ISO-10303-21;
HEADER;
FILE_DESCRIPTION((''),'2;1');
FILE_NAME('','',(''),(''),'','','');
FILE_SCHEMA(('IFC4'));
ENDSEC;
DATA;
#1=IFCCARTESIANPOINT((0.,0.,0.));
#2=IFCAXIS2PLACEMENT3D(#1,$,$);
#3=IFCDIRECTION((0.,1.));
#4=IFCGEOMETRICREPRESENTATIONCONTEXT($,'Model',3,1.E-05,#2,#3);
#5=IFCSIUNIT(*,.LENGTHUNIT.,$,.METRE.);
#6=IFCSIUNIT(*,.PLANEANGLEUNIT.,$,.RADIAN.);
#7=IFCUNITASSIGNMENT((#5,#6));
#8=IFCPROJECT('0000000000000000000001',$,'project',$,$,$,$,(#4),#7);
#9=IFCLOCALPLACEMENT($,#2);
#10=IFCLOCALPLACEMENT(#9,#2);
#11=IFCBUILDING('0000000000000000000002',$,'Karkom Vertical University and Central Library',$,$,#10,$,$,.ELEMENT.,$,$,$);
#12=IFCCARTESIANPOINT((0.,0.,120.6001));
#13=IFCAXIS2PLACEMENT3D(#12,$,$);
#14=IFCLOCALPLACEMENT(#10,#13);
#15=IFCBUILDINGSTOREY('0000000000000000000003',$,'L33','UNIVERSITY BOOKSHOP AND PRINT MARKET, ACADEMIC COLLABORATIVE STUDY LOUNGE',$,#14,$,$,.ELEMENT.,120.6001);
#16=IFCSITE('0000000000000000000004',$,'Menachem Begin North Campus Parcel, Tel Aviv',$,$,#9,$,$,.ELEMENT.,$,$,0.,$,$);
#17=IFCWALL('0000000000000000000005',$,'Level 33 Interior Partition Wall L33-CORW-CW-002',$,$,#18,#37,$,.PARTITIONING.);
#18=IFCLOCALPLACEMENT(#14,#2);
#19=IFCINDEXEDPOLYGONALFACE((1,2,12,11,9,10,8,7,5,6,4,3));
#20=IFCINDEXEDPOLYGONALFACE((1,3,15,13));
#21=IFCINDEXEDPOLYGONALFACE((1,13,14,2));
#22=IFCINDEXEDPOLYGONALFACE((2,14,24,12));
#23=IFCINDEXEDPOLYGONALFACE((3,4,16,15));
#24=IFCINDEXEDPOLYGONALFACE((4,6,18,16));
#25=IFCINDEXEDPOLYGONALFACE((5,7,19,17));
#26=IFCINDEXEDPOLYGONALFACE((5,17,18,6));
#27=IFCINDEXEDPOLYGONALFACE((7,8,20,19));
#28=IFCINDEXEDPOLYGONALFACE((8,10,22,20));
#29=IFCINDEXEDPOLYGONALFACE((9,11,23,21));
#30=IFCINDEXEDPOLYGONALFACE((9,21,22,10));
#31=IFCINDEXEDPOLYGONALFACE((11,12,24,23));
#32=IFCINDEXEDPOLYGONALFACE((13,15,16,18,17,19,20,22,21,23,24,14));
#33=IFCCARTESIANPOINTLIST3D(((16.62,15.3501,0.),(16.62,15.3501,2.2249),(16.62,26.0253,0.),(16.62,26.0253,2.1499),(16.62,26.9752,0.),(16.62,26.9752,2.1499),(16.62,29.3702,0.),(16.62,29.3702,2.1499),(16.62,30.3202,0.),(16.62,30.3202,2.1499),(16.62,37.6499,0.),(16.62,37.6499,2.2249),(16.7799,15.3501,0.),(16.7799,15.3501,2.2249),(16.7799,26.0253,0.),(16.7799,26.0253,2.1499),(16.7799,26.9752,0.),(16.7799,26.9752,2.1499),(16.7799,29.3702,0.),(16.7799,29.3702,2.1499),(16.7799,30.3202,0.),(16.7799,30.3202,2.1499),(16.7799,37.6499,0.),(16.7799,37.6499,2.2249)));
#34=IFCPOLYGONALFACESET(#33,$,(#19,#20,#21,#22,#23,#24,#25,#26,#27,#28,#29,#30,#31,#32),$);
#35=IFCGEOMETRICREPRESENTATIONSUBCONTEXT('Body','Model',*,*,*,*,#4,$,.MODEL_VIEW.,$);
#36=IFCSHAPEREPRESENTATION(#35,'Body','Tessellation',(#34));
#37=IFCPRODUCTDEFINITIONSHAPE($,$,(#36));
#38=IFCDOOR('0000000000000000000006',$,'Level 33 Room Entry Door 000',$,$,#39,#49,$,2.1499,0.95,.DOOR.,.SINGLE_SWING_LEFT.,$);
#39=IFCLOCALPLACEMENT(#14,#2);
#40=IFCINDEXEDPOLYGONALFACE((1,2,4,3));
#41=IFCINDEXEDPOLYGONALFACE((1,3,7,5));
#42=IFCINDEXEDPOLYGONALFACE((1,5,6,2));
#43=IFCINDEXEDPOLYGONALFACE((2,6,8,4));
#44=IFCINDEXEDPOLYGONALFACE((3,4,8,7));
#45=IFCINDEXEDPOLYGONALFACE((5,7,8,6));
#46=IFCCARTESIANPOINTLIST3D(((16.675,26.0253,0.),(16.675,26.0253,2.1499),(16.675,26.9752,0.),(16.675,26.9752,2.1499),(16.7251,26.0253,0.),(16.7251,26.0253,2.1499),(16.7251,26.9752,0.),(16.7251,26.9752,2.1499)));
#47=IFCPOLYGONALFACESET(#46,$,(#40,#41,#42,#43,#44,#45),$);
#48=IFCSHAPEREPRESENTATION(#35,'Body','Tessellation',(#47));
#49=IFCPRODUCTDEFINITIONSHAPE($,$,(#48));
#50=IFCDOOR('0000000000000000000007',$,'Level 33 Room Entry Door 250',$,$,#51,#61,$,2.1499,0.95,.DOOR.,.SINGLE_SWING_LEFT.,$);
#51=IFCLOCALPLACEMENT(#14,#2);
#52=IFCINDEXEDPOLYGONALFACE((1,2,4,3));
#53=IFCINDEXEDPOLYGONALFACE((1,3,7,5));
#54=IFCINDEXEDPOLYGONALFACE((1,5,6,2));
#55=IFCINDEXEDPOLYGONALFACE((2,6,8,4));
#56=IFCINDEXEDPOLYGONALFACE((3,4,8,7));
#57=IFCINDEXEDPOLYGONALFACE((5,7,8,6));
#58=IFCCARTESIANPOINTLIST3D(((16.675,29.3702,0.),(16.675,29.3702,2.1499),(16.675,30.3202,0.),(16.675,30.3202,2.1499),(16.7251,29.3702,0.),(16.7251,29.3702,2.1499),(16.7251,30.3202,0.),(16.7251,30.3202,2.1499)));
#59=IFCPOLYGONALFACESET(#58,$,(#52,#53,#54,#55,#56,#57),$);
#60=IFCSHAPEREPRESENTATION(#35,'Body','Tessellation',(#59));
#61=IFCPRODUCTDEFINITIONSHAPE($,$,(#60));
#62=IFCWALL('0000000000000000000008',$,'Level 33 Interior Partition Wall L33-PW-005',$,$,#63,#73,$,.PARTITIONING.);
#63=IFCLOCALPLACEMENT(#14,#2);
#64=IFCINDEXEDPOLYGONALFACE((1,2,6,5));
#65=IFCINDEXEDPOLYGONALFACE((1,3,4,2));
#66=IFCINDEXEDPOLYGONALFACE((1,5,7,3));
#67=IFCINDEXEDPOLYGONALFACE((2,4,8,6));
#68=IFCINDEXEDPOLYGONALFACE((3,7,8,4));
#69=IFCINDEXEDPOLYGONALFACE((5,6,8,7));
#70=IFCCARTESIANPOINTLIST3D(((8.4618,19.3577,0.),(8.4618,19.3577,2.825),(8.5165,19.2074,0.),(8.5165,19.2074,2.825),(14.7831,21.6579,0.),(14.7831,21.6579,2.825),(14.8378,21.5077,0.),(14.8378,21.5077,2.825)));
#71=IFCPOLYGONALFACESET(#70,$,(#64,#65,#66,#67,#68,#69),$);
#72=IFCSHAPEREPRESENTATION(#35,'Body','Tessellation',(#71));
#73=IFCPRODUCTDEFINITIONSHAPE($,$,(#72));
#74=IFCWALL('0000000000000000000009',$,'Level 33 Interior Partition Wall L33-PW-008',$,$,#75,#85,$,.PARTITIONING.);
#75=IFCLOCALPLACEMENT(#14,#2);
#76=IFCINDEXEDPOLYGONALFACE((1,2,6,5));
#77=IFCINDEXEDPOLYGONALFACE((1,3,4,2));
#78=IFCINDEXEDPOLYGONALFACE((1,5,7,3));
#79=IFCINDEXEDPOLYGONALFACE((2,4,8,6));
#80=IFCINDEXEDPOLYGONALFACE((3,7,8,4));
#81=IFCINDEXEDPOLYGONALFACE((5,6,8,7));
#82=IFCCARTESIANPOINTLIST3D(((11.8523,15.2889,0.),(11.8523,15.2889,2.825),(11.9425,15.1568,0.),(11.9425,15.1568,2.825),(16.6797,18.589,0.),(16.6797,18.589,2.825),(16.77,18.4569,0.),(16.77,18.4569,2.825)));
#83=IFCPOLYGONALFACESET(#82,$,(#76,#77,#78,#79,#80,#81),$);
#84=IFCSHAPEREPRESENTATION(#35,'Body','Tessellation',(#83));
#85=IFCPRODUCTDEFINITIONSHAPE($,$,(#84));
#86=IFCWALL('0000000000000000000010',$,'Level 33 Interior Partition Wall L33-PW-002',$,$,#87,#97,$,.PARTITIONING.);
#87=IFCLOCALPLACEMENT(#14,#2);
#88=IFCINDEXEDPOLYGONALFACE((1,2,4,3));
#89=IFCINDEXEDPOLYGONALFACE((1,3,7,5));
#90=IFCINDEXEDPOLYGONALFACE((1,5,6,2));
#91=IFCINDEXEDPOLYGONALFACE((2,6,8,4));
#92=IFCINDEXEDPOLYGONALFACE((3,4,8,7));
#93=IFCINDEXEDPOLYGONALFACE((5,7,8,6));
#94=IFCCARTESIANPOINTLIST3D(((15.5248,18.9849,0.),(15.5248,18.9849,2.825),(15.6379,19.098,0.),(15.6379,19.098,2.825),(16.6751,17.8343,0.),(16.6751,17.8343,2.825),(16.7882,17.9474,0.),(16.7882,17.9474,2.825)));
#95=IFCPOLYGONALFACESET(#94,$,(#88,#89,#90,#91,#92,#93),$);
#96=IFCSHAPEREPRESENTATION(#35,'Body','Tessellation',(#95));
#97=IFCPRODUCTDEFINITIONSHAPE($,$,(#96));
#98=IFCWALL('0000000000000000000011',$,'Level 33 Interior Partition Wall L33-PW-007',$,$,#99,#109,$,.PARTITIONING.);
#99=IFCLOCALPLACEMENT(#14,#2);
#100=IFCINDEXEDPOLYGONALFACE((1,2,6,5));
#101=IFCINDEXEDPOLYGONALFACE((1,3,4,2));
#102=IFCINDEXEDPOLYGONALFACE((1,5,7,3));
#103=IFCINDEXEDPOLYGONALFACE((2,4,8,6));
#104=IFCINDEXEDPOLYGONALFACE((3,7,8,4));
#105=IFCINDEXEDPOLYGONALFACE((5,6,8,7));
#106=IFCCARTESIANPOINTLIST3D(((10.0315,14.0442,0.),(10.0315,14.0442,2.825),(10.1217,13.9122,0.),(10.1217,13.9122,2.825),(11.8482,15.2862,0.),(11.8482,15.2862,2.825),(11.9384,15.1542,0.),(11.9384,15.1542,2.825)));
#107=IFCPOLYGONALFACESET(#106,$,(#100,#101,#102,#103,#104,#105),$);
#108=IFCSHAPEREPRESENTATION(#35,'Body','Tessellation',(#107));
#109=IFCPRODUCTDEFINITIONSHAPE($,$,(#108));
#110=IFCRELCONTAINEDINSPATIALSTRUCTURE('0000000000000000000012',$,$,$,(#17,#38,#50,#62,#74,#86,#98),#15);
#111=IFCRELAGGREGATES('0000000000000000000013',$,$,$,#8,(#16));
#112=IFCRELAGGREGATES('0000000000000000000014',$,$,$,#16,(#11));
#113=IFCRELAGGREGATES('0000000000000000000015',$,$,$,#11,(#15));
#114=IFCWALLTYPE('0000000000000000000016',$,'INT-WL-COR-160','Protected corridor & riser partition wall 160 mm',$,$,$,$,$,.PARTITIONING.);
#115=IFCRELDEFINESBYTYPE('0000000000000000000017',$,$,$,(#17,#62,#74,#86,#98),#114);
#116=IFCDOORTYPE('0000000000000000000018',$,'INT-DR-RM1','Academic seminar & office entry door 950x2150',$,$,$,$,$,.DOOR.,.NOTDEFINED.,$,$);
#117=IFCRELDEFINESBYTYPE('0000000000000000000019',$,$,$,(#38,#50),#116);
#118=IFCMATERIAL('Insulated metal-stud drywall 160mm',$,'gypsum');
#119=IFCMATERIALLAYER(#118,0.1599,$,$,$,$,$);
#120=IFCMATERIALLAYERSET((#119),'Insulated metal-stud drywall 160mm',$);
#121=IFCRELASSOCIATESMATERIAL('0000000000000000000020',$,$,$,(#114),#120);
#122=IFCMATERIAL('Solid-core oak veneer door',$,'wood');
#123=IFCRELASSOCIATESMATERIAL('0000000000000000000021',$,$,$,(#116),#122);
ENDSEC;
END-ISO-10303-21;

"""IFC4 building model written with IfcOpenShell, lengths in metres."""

from ifc_helpers import new_model, si_unit, direction, frame, frame_2d, origin, origin_with_axes, place, context, subcontext, project, spatial, rectangle, extrude, source, transform, mapped, material, layer, layer_set, type_object, element, fill, save


model = new_model("IFC4")

# Units and contexts
model_context = context("Model", 3, precision=1e-05, world=origin(), true_north=direction((0.0, 1.0)))
body_context = subcontext(model_context, "Body", "Model", "MODEL_VIEW")
ifc_project = project(units=[si_unit("LENGTHUNIT", "METRE"), si_unit("PLANEANGLEUNIT", "RADIAN")], contexts=[model_context])

# Site, building, storey
site_placement = place(None, origin())
site = spatial("IfcSite", under=ifc_project, at=site_placement, Name="Menachem Begin North Campus Parcel, Tel Aviv", CompositionType="ELEMENT", RefElevation=0.0)
building_placement = place(site_placement, origin())
building = spatial("IfcBuilding", under=site, at=building_placement, Name="Karkom Vertical University and Central Library", CompositionType="ELEMENT")
storey_placement = place(building_placement, frame((0.0, 0.0, 120.6001)))
storey = spatial("IfcBuildingStorey", under=building, at=storey_placement, Name="L33", Description="UNIVERSITY BOOKSHOP AND PRINT MARKET, ACADEMIC COLLABORATIVE STUDY LOUNGE", CompositionType="ELEMENT", Elevation=120.6001)

# Wall, openings, doors
ifc_material_1 = material(Name="Insulated metal-stud drywall 160mm", Category="gypsum")
ifc_layer_1 = layer(ifc_material_1, 0.1599)
ifc_layer_set_1 = layer_set([ifc_layer_1], Name="Insulated metal-stud drywall 160mm")
wall_type_1 = type_object("IfcWallType", Name="INT-WL-COR-160", Description="Protected corridor & riser partition wall 160 mm", PredefinedType="PARTITIONING", material=ifc_layer_set_1)
wall_1_placement = place(storey_placement, frame((16.7, 15.3501, 0.0), z_axis=(0.0, 0.0, 1.0), x_axis=(0.0, 1.0, 0.0)))
wall_1 = element("IfcWall", 1, at=wall_1_placement, inside=storey, type_object=wall_type_1, Name="Level 33 Interior Partition Wall L33-CORW-CW-002", PredefinedType="PARTITIONING", context=body_context, shape_type="SweptSolid", body=[
    extrude(rectangle(XDim=22.2998, YDim=0.1599, at=frame_2d((11.1499, 0.0))), origin(), (0.0, 0.0, 1.0), 2.2249),
])
opening_1_placement = place(wall_1_placement, frame((10.675, 0.0, 0.0)))
opening_1 = element("IfcOpeningElement", 2, at=opening_1_placement, cuts=wall_1, PredefinedType="OPENING", context=body_context, shape_type="SweptSolid", body=[
    extrude(rectangle(XDim=0.95, YDim=2.1499, at=frame_2d((0.4751, 1.075))), frame((0.0, 0.0898, 0.0), z_axis=(0.0, -1.0, 0.0), x_axis=(1.0, 0.0, 0.0)), (0.0, 0.0, 1.0), 0.1799),
])
opening_2_placement = place(wall_1_placement, frame((14.02, 0.0, 0.0)))
opening_2 = element("IfcOpeningElement", 3, at=opening_2_placement, cuts=wall_1, PredefinedType="OPENING", context=body_context, shape_type="SweptSolid", body=[
    extrude(rectangle(XDim=0.95, YDim=2.1499, at=frame_2d((0.4751, 1.075))), frame((0.0, 0.0898, 0.0), z_axis=(0.0, -1.0, 0.0), x_axis=(1.0, 0.0, 0.0)), (0.0, 0.0, 1.0), 0.1799),
])
ifc_material_2 = material(Name="Solid-core oak veneer door", Category="wood")
door_type_1 = type_object("IfcDoorType", Name="INT-DR-RM1", Description="Academic seminar & office entry door 950x2150", OperationType="NOTDEFINED", PredefinedType="DOOR", material=ifc_material_2)
shared_shape_1 = source(origin_with_axes(), body_context, "Body", "SweptSolid", [
    extrude(rectangle(XDim=0.95, YDim=2.1499, at=frame_2d((0.4751, 1.075))), frame((0.0, 0.0249, 0.0), z_axis=(0.0, -1.0, 0.0), x_axis=(1.0, 0.0, 0.0)), (0.0, 0.0, 1.0), 0.05),
])
door_1_placement = place(opening_1_placement, origin())
door_1 = element("IfcDoor", 4, at=door_1_placement, inside=storey, type_object=door_type_1, Name="Level 33 Room Entry Door 000", OperationType="SINGLE_SWING_LEFT", OverallHeight=2.1499, OverallWidth=0.95, PredefinedType="DOOR", context=body_context, shape_type="MappedRepresentation", body=[
    mapped(shared_shape_1, transform((0.0, 0.0, 0.0), scale=1.0)),
])
fill(opening_1, door_1)
door_2_placement = place(opening_2_placement, origin())
door_2 = element("IfcDoor", 5, at=door_2_placement, inside=storey, type_object=door_type_1, Name="Level 33 Room Entry Door 250", OperationType="SINGLE_SWING_LEFT", OverallHeight=2.1499, OverallWidth=0.95, PredefinedType="DOOR", context=body_context, shape_type="MappedRepresentation", body=[
    mapped(shared_shape_1, transform((0.0, 0.0, 0.0), scale=1.0)),
])
fill(opening_2, door_2)

# Walls
wall_2_placement = place(storey_placement, frame((14.8103, 21.5828, 0.0), z_axis=(0.0, 0.0, 1.0), x_axis=(-0.939715, -0.341959, 0.0)))
element("IfcWall", 6, at=wall_2_placement, inside=storey, type_object=wall_type_1, Name="Level 33 Interior Partition Wall L33-PW-005", PredefinedType="PARTITIONING", context=body_context, shape_type="SweptSolid", body=[
    extrude(rectangle(XDim=6.7268, YDim=0.1599, at=frame_2d((3.3633, 0.0))), origin(), (0.0, 0.0, 1.0), 2.825),
])
wall_3_placement = place(storey_placement, frame((16.7249, 18.5229, 0.0), z_axis=(0.0, 0.0, 1.0), x_axis=(-0.825539, -0.564346, 0.0)))
element("IfcWall", 7, at=wall_3_placement, inside=storey, type_object=wall_type_1, Name="Level 33 Interior Partition Wall L33-PW-008", PredefinedType="PARTITIONING", context=body_context, shape_type="SweptSolid", body=[
    extrude(rectangle(XDim=5.8477, YDim=0.1599, at=frame_2d((2.9238, 0.0))), origin(), (0.0, 0.0, 1.0), 2.825),
])
wall_4_placement = place(storey_placement, frame((16.7317, 17.8909, 0.0), z_axis=(0.0, 0.0, 1.0), x_axis=(-0.707032, 0.707182, 0.0)))
element("IfcWall", 8, at=wall_4_placement, inside=storey, type_object=wall_type_1, Name="Level 33 Interior Partition Wall L33-PW-002", PredefinedType="PARTITIONING", context=body_context, shape_type="SweptSolid", body=[
    extrude(rectangle(XDim=1.627, YDim=0.1599, at=frame_2d((0.8135, 0.0))), origin(), (0.0, 0.0, 1.0), 2.825),
])
wall_5_placement = place(storey_placement, frame((11.8933, 15.2202, 0.0), z_axis=(0.0, 0.0, 1.0), x_axis=(-0.825525, -0.564366, 0.0)))
element("IfcWall", 9, at=wall_5_placement, inside=storey, type_object=wall_type_1, Name="Level 33 Interior Partition Wall L33-PW-007", PredefinedType="PARTITIONING", context=body_context, shape_type="SweptSolid", body=[
    extrude(rectangle(XDim=2.2007, YDim=0.1599, at=frame_2d((1.1003, 0.0))), origin(), (0.0, 0.0, 1.0), 2.825),
])

save(model, "model.ifc")
